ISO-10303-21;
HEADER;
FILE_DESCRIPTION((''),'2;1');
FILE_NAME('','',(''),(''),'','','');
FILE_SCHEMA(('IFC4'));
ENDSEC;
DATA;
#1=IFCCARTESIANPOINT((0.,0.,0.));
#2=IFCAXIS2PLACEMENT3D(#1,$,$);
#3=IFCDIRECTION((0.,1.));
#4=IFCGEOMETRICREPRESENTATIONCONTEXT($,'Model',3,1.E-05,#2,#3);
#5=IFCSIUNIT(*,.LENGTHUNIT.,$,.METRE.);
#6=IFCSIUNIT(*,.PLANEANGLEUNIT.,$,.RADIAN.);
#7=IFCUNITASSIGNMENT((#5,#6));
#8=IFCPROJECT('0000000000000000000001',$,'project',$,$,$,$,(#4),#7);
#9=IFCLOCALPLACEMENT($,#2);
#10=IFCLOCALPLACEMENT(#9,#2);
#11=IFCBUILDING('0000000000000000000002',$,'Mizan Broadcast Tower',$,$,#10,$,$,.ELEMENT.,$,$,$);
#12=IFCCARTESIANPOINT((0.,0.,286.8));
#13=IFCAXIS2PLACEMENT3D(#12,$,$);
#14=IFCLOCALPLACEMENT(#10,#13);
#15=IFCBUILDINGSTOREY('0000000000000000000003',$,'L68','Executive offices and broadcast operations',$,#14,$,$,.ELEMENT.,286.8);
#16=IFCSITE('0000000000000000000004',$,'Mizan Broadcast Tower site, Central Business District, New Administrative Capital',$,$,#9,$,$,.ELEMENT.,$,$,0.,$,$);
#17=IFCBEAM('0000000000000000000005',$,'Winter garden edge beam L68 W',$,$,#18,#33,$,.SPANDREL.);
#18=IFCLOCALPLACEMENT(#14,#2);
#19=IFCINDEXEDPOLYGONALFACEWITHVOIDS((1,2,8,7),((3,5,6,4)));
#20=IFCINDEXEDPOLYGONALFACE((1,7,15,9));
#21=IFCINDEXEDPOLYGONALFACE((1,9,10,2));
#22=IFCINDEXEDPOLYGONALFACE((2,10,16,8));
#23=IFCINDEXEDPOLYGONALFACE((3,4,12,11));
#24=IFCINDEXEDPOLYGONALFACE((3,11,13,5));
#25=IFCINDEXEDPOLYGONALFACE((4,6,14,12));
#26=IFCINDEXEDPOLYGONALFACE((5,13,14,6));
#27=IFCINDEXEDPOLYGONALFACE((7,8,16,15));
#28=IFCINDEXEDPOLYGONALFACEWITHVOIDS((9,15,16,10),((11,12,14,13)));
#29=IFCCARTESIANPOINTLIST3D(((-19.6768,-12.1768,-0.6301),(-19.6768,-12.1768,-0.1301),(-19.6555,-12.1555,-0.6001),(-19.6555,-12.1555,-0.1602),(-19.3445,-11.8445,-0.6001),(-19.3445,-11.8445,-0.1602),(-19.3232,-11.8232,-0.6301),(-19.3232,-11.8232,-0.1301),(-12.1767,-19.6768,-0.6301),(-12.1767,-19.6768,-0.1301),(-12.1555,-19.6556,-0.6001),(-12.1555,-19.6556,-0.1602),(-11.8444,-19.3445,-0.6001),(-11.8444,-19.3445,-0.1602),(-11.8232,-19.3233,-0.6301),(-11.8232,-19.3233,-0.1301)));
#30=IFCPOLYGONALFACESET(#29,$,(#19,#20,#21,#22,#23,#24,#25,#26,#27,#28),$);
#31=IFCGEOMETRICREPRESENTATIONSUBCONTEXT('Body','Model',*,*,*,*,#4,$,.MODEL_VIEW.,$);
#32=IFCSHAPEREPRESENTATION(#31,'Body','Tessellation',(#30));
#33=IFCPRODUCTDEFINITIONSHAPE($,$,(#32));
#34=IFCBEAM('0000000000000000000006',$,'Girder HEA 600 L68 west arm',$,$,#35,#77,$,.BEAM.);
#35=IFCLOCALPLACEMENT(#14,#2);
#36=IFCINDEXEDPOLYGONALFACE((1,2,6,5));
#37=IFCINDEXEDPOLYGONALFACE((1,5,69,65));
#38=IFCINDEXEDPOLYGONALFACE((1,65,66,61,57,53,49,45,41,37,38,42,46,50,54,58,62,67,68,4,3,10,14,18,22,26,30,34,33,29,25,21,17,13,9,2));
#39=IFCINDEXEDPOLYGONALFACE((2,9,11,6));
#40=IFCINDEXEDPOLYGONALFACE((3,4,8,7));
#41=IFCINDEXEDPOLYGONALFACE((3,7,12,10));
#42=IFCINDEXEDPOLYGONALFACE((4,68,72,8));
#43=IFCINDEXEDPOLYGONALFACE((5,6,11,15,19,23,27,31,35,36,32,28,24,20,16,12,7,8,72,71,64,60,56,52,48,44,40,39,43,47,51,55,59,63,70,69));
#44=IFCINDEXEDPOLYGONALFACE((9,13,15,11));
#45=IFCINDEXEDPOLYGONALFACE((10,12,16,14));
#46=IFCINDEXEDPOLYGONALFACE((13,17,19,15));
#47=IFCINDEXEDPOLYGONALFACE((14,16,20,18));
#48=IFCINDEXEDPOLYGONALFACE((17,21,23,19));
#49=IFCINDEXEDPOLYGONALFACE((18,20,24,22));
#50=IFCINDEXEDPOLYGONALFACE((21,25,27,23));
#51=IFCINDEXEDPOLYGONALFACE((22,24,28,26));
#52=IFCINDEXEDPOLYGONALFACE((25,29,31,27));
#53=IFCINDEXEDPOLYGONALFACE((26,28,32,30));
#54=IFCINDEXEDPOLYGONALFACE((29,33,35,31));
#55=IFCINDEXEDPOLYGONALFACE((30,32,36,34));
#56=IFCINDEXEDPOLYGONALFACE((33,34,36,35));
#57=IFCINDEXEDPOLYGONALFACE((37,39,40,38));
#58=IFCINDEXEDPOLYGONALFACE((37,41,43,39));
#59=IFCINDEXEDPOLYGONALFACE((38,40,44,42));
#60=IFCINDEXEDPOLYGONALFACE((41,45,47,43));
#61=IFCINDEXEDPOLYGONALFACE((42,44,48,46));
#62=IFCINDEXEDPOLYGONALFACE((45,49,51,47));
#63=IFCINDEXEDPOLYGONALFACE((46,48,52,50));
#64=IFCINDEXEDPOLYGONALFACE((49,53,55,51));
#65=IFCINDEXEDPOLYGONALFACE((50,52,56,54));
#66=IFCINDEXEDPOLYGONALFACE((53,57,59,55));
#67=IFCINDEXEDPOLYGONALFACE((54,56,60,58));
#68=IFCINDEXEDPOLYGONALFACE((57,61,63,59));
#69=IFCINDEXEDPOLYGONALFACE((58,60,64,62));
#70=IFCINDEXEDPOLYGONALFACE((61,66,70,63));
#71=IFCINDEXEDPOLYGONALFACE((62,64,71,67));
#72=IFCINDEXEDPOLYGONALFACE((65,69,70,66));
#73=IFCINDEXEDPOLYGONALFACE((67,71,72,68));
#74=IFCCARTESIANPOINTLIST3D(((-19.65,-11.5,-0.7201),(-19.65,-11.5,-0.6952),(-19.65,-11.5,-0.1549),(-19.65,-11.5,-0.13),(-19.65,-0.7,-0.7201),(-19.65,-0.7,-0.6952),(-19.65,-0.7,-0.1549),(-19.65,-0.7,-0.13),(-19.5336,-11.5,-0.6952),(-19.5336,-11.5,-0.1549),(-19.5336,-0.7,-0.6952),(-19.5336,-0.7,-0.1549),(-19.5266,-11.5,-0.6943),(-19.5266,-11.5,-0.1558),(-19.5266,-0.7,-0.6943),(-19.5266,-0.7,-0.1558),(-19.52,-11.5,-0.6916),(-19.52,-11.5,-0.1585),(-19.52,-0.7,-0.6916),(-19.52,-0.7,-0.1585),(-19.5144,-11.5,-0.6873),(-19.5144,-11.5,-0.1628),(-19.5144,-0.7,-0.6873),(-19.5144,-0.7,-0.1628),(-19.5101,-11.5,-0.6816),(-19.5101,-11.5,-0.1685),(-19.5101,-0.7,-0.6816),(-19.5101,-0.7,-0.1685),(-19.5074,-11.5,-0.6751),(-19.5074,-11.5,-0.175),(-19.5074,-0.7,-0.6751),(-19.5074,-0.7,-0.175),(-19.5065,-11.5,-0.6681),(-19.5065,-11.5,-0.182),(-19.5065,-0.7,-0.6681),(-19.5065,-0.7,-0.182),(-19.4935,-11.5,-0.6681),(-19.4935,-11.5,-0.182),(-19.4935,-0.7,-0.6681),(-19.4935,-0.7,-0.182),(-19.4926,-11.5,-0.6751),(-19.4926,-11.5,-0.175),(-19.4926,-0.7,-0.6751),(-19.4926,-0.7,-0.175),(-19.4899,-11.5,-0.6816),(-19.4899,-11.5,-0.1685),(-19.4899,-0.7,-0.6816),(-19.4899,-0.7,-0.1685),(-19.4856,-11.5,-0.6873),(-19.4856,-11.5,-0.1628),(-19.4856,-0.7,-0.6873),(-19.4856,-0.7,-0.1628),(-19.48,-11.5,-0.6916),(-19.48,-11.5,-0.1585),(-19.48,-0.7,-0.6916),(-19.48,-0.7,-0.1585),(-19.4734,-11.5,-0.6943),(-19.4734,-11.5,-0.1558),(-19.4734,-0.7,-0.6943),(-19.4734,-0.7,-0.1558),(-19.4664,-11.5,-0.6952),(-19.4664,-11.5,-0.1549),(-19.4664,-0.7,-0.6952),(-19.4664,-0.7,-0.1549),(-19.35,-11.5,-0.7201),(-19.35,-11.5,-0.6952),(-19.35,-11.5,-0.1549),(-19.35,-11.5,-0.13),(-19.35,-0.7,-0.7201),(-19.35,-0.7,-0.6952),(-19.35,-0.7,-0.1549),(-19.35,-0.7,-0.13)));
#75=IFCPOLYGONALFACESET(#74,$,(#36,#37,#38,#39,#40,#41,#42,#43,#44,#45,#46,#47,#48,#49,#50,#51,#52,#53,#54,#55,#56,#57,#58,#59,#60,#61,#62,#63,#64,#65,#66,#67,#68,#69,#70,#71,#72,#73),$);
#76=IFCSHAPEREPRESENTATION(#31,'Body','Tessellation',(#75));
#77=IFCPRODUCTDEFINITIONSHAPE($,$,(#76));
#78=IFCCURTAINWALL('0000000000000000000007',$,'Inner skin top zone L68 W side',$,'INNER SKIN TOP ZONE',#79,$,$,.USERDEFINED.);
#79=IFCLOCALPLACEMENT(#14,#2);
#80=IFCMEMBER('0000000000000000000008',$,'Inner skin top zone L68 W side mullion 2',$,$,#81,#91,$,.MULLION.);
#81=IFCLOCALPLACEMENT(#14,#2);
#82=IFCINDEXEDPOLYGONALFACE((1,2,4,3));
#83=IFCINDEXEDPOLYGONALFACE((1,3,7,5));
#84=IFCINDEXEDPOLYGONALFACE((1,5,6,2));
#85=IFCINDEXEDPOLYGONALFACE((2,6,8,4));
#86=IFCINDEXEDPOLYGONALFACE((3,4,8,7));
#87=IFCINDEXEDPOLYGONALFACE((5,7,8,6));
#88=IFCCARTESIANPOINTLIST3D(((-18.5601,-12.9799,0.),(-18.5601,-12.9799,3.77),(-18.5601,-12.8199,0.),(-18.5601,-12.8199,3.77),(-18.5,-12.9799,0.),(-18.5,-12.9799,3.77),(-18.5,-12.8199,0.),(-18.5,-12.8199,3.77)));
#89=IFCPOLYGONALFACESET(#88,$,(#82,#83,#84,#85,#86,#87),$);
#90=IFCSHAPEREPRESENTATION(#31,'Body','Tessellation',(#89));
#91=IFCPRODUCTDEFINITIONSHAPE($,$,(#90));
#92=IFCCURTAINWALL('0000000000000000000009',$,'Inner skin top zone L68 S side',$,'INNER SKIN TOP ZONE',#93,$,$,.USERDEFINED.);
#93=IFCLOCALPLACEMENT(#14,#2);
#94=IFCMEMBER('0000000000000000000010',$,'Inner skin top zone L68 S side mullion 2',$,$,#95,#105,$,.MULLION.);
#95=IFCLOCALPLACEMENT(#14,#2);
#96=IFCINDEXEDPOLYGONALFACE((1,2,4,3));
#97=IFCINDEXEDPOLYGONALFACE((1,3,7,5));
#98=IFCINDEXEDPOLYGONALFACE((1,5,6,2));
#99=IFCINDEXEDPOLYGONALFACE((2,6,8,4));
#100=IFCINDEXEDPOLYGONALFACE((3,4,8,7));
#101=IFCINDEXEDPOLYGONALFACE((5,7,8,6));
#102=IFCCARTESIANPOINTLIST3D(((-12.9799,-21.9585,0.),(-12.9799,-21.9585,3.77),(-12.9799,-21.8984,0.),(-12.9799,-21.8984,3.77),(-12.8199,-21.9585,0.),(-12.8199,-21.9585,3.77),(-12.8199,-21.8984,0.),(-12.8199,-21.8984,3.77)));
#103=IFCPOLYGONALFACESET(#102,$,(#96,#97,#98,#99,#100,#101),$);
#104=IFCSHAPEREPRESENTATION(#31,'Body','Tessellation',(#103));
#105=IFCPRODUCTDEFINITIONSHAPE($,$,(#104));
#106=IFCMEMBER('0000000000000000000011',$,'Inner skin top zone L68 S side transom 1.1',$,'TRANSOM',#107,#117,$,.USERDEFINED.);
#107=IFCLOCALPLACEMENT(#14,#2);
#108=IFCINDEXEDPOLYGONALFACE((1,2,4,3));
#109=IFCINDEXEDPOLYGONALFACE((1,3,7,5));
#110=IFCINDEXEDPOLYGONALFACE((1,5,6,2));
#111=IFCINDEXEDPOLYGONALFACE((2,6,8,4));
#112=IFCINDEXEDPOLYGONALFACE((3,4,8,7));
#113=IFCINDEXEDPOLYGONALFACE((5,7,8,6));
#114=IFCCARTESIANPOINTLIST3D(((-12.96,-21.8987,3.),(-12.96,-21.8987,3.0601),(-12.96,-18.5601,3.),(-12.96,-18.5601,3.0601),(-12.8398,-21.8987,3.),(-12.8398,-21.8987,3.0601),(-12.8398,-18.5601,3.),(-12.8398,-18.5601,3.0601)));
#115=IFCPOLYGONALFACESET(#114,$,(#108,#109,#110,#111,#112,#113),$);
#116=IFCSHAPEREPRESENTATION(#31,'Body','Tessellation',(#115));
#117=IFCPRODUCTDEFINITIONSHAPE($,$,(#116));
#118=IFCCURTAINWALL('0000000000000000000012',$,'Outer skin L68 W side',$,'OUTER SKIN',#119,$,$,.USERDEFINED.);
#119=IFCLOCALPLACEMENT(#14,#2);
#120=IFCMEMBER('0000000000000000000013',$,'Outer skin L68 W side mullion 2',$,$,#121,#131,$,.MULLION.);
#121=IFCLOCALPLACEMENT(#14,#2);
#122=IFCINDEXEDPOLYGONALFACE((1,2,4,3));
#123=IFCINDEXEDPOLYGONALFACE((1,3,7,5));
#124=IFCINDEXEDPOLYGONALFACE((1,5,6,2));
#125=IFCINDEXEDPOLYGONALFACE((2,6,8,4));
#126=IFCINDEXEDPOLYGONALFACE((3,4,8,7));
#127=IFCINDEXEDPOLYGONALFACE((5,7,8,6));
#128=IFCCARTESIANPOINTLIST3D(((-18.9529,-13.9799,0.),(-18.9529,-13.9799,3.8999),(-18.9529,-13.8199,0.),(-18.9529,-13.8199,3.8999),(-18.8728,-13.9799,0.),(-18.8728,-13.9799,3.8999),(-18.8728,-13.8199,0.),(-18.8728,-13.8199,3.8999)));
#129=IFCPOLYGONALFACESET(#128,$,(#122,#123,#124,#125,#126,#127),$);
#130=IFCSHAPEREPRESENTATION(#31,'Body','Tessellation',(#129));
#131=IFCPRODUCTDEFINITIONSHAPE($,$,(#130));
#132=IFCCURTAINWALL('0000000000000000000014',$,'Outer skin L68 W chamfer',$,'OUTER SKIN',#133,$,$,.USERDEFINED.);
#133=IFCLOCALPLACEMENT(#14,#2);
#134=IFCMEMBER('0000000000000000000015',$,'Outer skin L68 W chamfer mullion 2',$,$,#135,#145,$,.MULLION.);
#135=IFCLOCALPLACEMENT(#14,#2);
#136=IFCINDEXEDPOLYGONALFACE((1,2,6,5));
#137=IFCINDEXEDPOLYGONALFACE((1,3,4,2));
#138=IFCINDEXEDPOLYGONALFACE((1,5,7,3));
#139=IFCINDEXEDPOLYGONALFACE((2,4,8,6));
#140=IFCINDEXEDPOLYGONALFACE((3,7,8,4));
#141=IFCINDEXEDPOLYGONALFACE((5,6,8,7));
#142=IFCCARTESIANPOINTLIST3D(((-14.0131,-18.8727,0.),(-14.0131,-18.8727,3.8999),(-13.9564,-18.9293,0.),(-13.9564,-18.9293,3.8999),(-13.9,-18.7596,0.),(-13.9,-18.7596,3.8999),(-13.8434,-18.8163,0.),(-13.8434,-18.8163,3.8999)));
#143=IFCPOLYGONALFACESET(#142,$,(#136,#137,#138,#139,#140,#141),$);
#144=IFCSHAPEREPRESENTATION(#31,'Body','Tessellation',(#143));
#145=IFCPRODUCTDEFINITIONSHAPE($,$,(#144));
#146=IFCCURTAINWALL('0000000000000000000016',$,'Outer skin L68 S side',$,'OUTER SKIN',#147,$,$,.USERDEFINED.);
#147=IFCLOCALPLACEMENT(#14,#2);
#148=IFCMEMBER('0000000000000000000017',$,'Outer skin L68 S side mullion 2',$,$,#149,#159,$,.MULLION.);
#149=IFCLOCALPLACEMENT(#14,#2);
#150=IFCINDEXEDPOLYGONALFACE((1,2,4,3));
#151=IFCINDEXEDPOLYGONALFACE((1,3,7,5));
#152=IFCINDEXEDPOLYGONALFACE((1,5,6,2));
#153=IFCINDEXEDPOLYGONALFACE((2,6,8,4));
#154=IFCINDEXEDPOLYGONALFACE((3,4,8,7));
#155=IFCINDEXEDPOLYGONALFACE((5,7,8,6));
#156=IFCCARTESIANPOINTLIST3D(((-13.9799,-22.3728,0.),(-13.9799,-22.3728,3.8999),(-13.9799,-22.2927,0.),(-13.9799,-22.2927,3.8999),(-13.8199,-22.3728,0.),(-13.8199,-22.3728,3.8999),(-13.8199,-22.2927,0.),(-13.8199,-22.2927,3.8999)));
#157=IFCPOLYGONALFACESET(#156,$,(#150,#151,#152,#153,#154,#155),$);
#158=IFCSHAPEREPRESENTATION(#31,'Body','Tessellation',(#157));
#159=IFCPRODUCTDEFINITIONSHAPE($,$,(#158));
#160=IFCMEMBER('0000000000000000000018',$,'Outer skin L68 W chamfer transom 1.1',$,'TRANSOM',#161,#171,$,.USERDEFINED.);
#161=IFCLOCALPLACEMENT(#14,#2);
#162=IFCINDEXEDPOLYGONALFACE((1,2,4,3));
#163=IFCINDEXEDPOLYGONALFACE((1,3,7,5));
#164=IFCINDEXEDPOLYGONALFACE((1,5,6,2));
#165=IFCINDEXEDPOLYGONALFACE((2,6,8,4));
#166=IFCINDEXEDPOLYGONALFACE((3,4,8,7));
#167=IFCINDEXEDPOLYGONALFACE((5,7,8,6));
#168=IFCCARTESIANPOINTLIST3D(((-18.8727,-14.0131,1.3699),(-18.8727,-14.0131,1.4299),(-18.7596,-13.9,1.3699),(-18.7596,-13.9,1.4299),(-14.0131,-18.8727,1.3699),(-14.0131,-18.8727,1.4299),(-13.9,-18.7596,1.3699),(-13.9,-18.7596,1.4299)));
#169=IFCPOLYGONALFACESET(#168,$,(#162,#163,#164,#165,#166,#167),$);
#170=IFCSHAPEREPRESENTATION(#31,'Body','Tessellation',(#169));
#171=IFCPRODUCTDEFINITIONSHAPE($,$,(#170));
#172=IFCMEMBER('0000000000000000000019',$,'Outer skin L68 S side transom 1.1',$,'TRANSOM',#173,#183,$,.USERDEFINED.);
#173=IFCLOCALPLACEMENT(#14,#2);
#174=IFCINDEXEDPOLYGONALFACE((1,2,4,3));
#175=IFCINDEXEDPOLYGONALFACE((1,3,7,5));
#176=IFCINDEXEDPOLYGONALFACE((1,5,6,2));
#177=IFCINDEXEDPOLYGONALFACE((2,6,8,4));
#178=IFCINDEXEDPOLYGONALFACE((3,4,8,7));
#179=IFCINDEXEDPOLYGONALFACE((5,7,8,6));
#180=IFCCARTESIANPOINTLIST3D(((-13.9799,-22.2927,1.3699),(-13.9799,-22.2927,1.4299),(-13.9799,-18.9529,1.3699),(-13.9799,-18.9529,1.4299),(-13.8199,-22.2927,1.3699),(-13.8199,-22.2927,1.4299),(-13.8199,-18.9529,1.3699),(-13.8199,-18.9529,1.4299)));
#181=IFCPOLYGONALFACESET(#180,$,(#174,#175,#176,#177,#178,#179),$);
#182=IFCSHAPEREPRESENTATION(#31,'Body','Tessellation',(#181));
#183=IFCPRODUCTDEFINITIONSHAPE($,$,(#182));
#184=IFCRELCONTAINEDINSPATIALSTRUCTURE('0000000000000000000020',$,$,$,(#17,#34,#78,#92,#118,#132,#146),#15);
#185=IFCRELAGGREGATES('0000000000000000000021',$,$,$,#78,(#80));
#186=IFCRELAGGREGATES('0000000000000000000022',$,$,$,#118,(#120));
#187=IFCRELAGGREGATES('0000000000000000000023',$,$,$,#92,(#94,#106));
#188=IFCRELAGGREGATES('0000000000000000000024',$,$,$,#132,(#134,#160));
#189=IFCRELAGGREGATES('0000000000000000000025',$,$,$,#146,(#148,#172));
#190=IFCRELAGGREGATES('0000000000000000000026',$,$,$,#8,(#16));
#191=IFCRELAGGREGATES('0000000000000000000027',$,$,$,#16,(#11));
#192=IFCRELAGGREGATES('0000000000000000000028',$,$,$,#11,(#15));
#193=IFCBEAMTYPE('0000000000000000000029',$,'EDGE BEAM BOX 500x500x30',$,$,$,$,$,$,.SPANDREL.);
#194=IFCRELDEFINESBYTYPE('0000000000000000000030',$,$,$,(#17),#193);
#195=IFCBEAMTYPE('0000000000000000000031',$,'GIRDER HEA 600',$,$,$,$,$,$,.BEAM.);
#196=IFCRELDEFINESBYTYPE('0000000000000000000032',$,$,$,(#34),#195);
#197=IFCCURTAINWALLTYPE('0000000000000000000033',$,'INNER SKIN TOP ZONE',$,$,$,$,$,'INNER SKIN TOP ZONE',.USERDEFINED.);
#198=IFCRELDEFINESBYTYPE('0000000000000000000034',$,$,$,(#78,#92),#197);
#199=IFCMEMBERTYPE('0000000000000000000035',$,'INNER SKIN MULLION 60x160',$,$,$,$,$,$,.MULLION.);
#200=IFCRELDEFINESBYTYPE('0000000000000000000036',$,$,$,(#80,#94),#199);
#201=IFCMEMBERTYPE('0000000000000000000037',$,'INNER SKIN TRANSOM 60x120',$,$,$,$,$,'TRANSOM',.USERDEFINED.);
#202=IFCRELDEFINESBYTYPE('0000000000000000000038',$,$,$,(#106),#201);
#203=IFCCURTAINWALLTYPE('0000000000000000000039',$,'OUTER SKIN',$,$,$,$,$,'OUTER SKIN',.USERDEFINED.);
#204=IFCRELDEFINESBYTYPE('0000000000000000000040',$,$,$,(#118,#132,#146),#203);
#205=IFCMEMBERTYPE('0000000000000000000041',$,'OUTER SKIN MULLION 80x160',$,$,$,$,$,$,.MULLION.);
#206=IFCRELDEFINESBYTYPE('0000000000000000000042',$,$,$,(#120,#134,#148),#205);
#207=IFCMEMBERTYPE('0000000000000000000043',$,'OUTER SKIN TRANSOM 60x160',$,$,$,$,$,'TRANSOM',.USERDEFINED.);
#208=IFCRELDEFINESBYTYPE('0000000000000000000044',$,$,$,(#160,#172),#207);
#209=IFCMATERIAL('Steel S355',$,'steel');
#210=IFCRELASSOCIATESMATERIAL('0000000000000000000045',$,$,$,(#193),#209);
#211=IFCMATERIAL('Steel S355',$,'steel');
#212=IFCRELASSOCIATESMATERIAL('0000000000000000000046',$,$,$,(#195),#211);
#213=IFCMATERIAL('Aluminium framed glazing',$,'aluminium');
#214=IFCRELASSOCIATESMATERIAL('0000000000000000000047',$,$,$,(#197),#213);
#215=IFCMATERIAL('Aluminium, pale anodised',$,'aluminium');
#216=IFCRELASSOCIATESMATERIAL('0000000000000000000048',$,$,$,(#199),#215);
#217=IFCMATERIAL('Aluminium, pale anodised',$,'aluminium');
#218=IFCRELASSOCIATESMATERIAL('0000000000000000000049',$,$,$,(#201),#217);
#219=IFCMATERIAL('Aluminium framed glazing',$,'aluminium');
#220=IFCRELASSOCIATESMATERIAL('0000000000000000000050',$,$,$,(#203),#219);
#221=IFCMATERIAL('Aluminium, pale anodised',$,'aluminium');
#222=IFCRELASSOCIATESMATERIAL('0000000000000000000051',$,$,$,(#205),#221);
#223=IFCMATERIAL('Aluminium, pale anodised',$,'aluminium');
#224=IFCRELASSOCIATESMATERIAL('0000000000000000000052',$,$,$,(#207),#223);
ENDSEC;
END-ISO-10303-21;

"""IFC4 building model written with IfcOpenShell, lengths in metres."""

from ifc_helpers import new_model, si_unit, direction, frame, origin, origin_2d, place, context, subcontext, project, spatial, rectangle, hollow_rectangle, i_section, extrude, material, material_profile, profile_set, type_object, element, aggregate, save


model = new_model("IFC4")

# Units and contexts
model_context = context("Model", 3, precision=1e-05, world=origin(), true_north=direction((0.0, 1.0)))
body_context = subcontext(model_context, "Body", "Model", "MODEL_VIEW")
ifc_project = project(units=[si_unit("LENGTHUNIT", "METRE"), si_unit("PLANEANGLEUNIT", "RADIAN")], contexts=[model_context])

# Site, building, storey
site_placement = place(None, origin())
site = spatial("IfcSite", under=ifc_project, at=site_placement, Name="Mizan Broadcast Tower site, Central Business District, New Administrative Capital", CompositionType="ELEMENT", RefElevation=0.0)
building_placement = place(site_placement, origin())
building = spatial("IfcBuilding", under=site, at=building_placement, Name="Mizan Broadcast Tower", CompositionType="ELEMENT")
storey_placement = place(building_placement, frame((0.0, 0.0, 286.8)))
storey = spatial("IfcBuildingStorey", under=building, at=storey_placement, Name="L68", Description="Executive offices and broadcast operations", CompositionType="ELEMENT", Elevation=286.8)

# Beams
ifc_material_1 = material(Name="Steel S355", Category="steel")
ifc_material_profile_1 = material_profile(ifc_material_1, hollow_rectangle(XDim=0.5, YDim=0.5, WallThickness=0.03, at=origin_2d()), Name="BOX 500x500x30")
ifc_profile_set_1 = profile_set([ifc_material_profile_1], Name="Steel S355")
beam_type_1 = type_object("IfcBeamType", Name="EDGE BEAM BOX 500x500x30", PredefinedType="SPANDREL", material=ifc_profile_set_1)
beam_1_placement = place(storey_placement, frame((-19.5, -12.0, -0.3801), z_axis=(0.707107, -0.707107, 0.0), x_axis=(0.707107, 0.707107, 0.0)))
element("IfcBeam", 1, at=beam_1_placement, inside=storey, type_object=beam_type_1, Name="Winter garden edge beam L68 W", PredefinedType="SPANDREL", context=body_context, shape_type="SweptSolid", body=[
    extrude(hollow_rectangle(XDim=0.5, YDim=0.5, WallThickness=0.03, at=origin_2d()), origin(), (0.0, 0.0, 1.0), 10.6067),
])
ifc_material_2 = material(Name="Steel S355", Category="steel")
ifc_material_profile_2 = material_profile(ifc_material_2, i_section(OverallWidth=0.3, OverallDepth=0.5901, WebThickness=0.0129, FlangeThickness=0.0249, FilletRadius=0.0271, at=origin_2d()), Name="HEA 600")
ifc_profile_set_2 = profile_set([ifc_material_profile_2], Name="Steel S355")
beam_type_2 = type_object("IfcBeamType", Name="GIRDER HEA 600", PredefinedType="BEAM", material=ifc_profile_set_2)
beam_2_placement = place(storey_placement, frame((-19.5, -11.5, -0.425), z_axis=(0.0, 1.0, 0.0), x_axis=(-1.0, 0.0, 0.0)))
element("IfcBeam", 2, at=beam_2_placement, inside=storey, type_object=beam_type_2, Name="Girder HEA 600 L68 west arm", PredefinedType="BEAM", context=body_context, shape_type="SweptSolid", body=[
    extrude(i_section(OverallWidth=0.3, OverallDepth=0.5901, WebThickness=0.0129, FlangeThickness=0.0249, FilletRadius=0.0271, at=origin_2d()), origin(), (0.0, 0.0, 1.0), 10.8),
])

# Curtain wall, member
ifc_material_3 = material(Name="Aluminium framed glazing", Category="aluminium")
curtain_wall_type_1 = type_object("IfcCurtainWallType", Name="INNER SKIN TOP ZONE", ElementType="INNER SKIN TOP ZONE", PredefinedType="USERDEFINED", material=ifc_material_3)
curtain_wall_1_placement = place(storey_placement, origin())
curtain_wall_1 = element("IfcCurtainWall", 3, at=curtain_wall_1_placement, inside=storey, type_object=curtain_wall_type_1, Name="Inner skin top zone L68 W side", ObjectType="INNER SKIN TOP ZONE", PredefinedType="USERDEFINED")
ifc_material_4 = material(Name="Aluminium, pale anodised", Category="aluminium")
ifc_material_profile_3 = material_profile(ifc_material_4, rectangle(XDim=0.1599, YDim=0.0601, at=origin_2d()), Name="MULLION 160x60")
ifc_profile_set_3 = profile_set([ifc_material_profile_3], Name="Aluminium, pale anodised")
member_type_1 = type_object("IfcMemberType", Name="INNER SKIN MULLION 60x160", PredefinedType="MULLION", material=ifc_profile_set_3)
member_1_placement = place(storey_placement, frame((-18.53, -12.8999, 0.0), z_axis=(0.0, 0.0, 1.0), x_axis=(0.0, 1.0, 0.0)))
member_1 = element("IfcMember", 4, at=member_1_placement, type_object=member_type_1, Name="Inner skin top zone L68 W side mullion 2", PredefinedType="MULLION", context=body_context, shape_type="SweptSolid", body=[
    extrude(rectangle(XDim=0.1599, YDim=0.0601, at=origin_2d()), origin(), (0.0, 0.0, 1.0), 3.77),
])
aggregate(curtain_wall_1, [member_1])

# Curtain wall, members
curtain_wall_2_placement = place(storey_placement, origin())
curtain_wall_2 = element("IfcCurtainWall", 5, at=curtain_wall_2_placement, inside=storey, type_object=curtain_wall_type_1, Name="Inner skin top zone L68 S side", ObjectType="INNER SKIN TOP ZONE", PredefinedType="USERDEFINED")
member_2_placement = place(storey_placement, frame((-12.8999, -21.9285, 0.0), z_axis=(0.0, 0.0, 1.0), x_axis=(1.0, 0.0, 0.0)))
member_2 = element("IfcMember", 6, at=member_2_placement, type_object=member_type_1, Name="Inner skin top zone L68 S side mullion 2", PredefinedType="MULLION", context=body_context, shape_type="SweptSolid", body=[
    extrude(rectangle(XDim=0.1599, YDim=0.0601, at=origin_2d()), origin(), (0.0, 0.0, 1.0), 3.77),
])
ifc_material_5 = material(Name="Aluminium, pale anodised", Category="aluminium")
ifc_material_profile_4 = material_profile(ifc_material_5, rectangle(XDim=0.1201, YDim=0.0601, at=origin_2d()), Name="TRANSOM 120x60")
ifc_profile_set_4 = profile_set([ifc_material_profile_4], Name="Aluminium, pale anodised")
member_type_2 = type_object("IfcMemberType", Name="INNER SKIN TRANSOM 60x120", ElementType="TRANSOM", PredefinedType="USERDEFINED", material=ifc_profile_set_4)
member_3_placement = place(storey_placement, frame((-12.8999, -18.5601, 3.03), z_axis=(0.0, -1.0, 0.0), x_axis=(1.0, 0.0, 0.0)))
member_3 = element("IfcMember", 7, at=member_3_placement, type_object=member_type_2, Name="Inner skin top zone L68 S side transom 1.1", ObjectType="TRANSOM", PredefinedType="USERDEFINED", context=body_context, shape_type="SweptSolid", body=[
    extrude(rectangle(XDim=0.1201, YDim=0.0601, at=origin_2d()), origin(), (0.0, 0.0, 1.0), 3.3386),
])

# Curtain walls, members
ifc_material_6 = material(Name="Aluminium framed glazing", Category="aluminium")
curtain_wall_type_2 = type_object("IfcCurtainWallType", Name="OUTER SKIN", ElementType="OUTER SKIN", PredefinedType="USERDEFINED", material=ifc_material_6)
curtain_wall_3_placement = place(storey_placement, origin())
curtain_wall_3 = element("IfcCurtainWall", 8, at=curtain_wall_3_placement, inside=storey, type_object=curtain_wall_type_2, Name="Outer skin L68 W side", ObjectType="OUTER SKIN", PredefinedType="USERDEFINED")
ifc_material_7 = material(Name="Aluminium, pale anodised", Category="aluminium")
ifc_material_profile_5 = material_profile(ifc_material_7, rectangle(XDim=0.1599, YDim=0.0801, at=origin_2d()), Name="MULLION 160x80")
ifc_profile_set_5 = profile_set([ifc_material_profile_5], Name="Aluminium, pale anodised")
member_type_3 = type_object("IfcMemberType", Name="OUTER SKIN MULLION 80x160", PredefinedType="MULLION", material=ifc_profile_set_5)
member_4_placement = place(storey_placement, frame((-18.9128, -13.8999, 0.0), z_axis=(0.0, 0.0, 1.0), x_axis=(0.0, 1.0, 0.0)))
member_4 = element("IfcMember", 9, at=member_4_placement, type_object=member_type_3, Name="Outer skin L68 W side mullion 2", PredefinedType="MULLION", context=body_context, shape_type="SweptSolid", body=[
    extrude(rectangle(XDim=0.1599, YDim=0.0801, at=origin_2d()), origin(), (0.0, 0.0, 1.0), 3.8999),
])
aggregate(curtain_wall_3, [member_4])
curtain_wall_4_placement = place(storey_placement, origin())
curtain_wall_4 = element("IfcCurtainWall", 10, at=curtain_wall_4_placement, inside=storey, type_object=curtain_wall_type_2, Name="Outer skin L68 W chamfer", ObjectType="OUTER SKIN", PredefinedType="USERDEFINED")
member_5_placement = place(storey_placement, frame((-13.9282, -18.8445, 0.0), z_axis=(0.0, 0.0, 1.0), x_axis=(0.707107, 0.707107, 0.0)))
member_5 = element("IfcMember", 11, at=member_5_placement, type_object=member_type_3, Name="Outer skin L68 W chamfer mullion 2", PredefinedType="MULLION", context=body_context, shape_type="SweptSolid", body=[
    extrude(rectangle(XDim=0.1599, YDim=0.0801, at=origin_2d()), origin(), (0.0, 0.0, 1.0), 3.8999),
])
curtain_wall_5_placement = place(storey_placement, origin())
curtain_wall_5 = element("IfcCurtainWall", 12, at=curtain_wall_5_placement, inside=storey, type_object=curtain_wall_type_2, Name="Outer skin L68 S side", ObjectType="OUTER SKIN", PredefinedType="USERDEFINED")
member_6_placement = place(storey_placement, frame((-13.8999, -22.3328, 0.0), z_axis=(0.0, 0.0, 1.0), x_axis=(1.0, 0.0, 0.0)))
member_6 = element("IfcMember", 13, at=member_6_placement, type_object=member_type_3, Name="Outer skin L68 S side mullion 2", PredefinedType="MULLION", context=body_context, shape_type="SweptSolid", body=[
    extrude(rectangle(XDim=0.1599, YDim=0.0801, at=origin_2d()), origin(), (0.0, 0.0, 1.0), 3.8999),
])

# Members
ifc_material_8 = material(Name="Aluminium, pale anodised", Category="aluminium")
ifc_material_profile_6 = material_profile(ifc_material_8, rectangle(XDim=0.1599, YDim=0.0601, at=origin_2d()), Name="TRANSOM 160x60")
ifc_profile_set_6 = profile_set([ifc_material_profile_6], Name="Aluminium, pale anodised")
member_type_4 = type_object("IfcMemberType", Name="OUTER SKIN TRANSOM 60x160", ElementType="TRANSOM", PredefinedType="USERDEFINED", material=ifc_profile_set_6)
member_7_placement = place(storey_placement, frame((-18.8162, -13.9565, 1.3999), z_axis=(0.707107, -0.707107, 0.0), x_axis=(0.707107, 0.707107, 0.0)))
member_7 = element("IfcMember", 14, at=member_7_placement, type_object=member_type_4, Name="Outer skin L68 W chamfer transom 1.1", ObjectType="TRANSOM", PredefinedType="USERDEFINED", context=body_context, shape_type="SweptSolid", body=[
    extrude(rectangle(XDim=0.1599, YDim=0.0601, at=origin_2d()), origin(), (0.0, 0.0, 1.0), 6.8726),
])
member_8_placement = place(storey_placement, frame((-13.8999, -18.9529, 1.3999), z_axis=(0.0, -1.0, 0.0), x_axis=(1.0, 0.0, 0.0)))
member_8 = element("IfcMember", 15, at=member_8_placement, type_object=member_type_4, Name="Outer skin L68 S side transom 1.1", ObjectType="TRANSOM", PredefinedType="USERDEFINED", context=body_context, shape_type="SweptSolid", body=[
    extrude(rectangle(XDim=0.1599, YDim=0.0601, at=origin_2d()), origin(), (0.0, 0.0, 1.0), 3.3398),
])

aggregate(curtain_wall_2, [member_2, member_3])
aggregate(curtain_wall_4, [member_5, member_7])
aggregate(curtain_wall_5, [member_6, member_8])

save(model, "model.ifc")
